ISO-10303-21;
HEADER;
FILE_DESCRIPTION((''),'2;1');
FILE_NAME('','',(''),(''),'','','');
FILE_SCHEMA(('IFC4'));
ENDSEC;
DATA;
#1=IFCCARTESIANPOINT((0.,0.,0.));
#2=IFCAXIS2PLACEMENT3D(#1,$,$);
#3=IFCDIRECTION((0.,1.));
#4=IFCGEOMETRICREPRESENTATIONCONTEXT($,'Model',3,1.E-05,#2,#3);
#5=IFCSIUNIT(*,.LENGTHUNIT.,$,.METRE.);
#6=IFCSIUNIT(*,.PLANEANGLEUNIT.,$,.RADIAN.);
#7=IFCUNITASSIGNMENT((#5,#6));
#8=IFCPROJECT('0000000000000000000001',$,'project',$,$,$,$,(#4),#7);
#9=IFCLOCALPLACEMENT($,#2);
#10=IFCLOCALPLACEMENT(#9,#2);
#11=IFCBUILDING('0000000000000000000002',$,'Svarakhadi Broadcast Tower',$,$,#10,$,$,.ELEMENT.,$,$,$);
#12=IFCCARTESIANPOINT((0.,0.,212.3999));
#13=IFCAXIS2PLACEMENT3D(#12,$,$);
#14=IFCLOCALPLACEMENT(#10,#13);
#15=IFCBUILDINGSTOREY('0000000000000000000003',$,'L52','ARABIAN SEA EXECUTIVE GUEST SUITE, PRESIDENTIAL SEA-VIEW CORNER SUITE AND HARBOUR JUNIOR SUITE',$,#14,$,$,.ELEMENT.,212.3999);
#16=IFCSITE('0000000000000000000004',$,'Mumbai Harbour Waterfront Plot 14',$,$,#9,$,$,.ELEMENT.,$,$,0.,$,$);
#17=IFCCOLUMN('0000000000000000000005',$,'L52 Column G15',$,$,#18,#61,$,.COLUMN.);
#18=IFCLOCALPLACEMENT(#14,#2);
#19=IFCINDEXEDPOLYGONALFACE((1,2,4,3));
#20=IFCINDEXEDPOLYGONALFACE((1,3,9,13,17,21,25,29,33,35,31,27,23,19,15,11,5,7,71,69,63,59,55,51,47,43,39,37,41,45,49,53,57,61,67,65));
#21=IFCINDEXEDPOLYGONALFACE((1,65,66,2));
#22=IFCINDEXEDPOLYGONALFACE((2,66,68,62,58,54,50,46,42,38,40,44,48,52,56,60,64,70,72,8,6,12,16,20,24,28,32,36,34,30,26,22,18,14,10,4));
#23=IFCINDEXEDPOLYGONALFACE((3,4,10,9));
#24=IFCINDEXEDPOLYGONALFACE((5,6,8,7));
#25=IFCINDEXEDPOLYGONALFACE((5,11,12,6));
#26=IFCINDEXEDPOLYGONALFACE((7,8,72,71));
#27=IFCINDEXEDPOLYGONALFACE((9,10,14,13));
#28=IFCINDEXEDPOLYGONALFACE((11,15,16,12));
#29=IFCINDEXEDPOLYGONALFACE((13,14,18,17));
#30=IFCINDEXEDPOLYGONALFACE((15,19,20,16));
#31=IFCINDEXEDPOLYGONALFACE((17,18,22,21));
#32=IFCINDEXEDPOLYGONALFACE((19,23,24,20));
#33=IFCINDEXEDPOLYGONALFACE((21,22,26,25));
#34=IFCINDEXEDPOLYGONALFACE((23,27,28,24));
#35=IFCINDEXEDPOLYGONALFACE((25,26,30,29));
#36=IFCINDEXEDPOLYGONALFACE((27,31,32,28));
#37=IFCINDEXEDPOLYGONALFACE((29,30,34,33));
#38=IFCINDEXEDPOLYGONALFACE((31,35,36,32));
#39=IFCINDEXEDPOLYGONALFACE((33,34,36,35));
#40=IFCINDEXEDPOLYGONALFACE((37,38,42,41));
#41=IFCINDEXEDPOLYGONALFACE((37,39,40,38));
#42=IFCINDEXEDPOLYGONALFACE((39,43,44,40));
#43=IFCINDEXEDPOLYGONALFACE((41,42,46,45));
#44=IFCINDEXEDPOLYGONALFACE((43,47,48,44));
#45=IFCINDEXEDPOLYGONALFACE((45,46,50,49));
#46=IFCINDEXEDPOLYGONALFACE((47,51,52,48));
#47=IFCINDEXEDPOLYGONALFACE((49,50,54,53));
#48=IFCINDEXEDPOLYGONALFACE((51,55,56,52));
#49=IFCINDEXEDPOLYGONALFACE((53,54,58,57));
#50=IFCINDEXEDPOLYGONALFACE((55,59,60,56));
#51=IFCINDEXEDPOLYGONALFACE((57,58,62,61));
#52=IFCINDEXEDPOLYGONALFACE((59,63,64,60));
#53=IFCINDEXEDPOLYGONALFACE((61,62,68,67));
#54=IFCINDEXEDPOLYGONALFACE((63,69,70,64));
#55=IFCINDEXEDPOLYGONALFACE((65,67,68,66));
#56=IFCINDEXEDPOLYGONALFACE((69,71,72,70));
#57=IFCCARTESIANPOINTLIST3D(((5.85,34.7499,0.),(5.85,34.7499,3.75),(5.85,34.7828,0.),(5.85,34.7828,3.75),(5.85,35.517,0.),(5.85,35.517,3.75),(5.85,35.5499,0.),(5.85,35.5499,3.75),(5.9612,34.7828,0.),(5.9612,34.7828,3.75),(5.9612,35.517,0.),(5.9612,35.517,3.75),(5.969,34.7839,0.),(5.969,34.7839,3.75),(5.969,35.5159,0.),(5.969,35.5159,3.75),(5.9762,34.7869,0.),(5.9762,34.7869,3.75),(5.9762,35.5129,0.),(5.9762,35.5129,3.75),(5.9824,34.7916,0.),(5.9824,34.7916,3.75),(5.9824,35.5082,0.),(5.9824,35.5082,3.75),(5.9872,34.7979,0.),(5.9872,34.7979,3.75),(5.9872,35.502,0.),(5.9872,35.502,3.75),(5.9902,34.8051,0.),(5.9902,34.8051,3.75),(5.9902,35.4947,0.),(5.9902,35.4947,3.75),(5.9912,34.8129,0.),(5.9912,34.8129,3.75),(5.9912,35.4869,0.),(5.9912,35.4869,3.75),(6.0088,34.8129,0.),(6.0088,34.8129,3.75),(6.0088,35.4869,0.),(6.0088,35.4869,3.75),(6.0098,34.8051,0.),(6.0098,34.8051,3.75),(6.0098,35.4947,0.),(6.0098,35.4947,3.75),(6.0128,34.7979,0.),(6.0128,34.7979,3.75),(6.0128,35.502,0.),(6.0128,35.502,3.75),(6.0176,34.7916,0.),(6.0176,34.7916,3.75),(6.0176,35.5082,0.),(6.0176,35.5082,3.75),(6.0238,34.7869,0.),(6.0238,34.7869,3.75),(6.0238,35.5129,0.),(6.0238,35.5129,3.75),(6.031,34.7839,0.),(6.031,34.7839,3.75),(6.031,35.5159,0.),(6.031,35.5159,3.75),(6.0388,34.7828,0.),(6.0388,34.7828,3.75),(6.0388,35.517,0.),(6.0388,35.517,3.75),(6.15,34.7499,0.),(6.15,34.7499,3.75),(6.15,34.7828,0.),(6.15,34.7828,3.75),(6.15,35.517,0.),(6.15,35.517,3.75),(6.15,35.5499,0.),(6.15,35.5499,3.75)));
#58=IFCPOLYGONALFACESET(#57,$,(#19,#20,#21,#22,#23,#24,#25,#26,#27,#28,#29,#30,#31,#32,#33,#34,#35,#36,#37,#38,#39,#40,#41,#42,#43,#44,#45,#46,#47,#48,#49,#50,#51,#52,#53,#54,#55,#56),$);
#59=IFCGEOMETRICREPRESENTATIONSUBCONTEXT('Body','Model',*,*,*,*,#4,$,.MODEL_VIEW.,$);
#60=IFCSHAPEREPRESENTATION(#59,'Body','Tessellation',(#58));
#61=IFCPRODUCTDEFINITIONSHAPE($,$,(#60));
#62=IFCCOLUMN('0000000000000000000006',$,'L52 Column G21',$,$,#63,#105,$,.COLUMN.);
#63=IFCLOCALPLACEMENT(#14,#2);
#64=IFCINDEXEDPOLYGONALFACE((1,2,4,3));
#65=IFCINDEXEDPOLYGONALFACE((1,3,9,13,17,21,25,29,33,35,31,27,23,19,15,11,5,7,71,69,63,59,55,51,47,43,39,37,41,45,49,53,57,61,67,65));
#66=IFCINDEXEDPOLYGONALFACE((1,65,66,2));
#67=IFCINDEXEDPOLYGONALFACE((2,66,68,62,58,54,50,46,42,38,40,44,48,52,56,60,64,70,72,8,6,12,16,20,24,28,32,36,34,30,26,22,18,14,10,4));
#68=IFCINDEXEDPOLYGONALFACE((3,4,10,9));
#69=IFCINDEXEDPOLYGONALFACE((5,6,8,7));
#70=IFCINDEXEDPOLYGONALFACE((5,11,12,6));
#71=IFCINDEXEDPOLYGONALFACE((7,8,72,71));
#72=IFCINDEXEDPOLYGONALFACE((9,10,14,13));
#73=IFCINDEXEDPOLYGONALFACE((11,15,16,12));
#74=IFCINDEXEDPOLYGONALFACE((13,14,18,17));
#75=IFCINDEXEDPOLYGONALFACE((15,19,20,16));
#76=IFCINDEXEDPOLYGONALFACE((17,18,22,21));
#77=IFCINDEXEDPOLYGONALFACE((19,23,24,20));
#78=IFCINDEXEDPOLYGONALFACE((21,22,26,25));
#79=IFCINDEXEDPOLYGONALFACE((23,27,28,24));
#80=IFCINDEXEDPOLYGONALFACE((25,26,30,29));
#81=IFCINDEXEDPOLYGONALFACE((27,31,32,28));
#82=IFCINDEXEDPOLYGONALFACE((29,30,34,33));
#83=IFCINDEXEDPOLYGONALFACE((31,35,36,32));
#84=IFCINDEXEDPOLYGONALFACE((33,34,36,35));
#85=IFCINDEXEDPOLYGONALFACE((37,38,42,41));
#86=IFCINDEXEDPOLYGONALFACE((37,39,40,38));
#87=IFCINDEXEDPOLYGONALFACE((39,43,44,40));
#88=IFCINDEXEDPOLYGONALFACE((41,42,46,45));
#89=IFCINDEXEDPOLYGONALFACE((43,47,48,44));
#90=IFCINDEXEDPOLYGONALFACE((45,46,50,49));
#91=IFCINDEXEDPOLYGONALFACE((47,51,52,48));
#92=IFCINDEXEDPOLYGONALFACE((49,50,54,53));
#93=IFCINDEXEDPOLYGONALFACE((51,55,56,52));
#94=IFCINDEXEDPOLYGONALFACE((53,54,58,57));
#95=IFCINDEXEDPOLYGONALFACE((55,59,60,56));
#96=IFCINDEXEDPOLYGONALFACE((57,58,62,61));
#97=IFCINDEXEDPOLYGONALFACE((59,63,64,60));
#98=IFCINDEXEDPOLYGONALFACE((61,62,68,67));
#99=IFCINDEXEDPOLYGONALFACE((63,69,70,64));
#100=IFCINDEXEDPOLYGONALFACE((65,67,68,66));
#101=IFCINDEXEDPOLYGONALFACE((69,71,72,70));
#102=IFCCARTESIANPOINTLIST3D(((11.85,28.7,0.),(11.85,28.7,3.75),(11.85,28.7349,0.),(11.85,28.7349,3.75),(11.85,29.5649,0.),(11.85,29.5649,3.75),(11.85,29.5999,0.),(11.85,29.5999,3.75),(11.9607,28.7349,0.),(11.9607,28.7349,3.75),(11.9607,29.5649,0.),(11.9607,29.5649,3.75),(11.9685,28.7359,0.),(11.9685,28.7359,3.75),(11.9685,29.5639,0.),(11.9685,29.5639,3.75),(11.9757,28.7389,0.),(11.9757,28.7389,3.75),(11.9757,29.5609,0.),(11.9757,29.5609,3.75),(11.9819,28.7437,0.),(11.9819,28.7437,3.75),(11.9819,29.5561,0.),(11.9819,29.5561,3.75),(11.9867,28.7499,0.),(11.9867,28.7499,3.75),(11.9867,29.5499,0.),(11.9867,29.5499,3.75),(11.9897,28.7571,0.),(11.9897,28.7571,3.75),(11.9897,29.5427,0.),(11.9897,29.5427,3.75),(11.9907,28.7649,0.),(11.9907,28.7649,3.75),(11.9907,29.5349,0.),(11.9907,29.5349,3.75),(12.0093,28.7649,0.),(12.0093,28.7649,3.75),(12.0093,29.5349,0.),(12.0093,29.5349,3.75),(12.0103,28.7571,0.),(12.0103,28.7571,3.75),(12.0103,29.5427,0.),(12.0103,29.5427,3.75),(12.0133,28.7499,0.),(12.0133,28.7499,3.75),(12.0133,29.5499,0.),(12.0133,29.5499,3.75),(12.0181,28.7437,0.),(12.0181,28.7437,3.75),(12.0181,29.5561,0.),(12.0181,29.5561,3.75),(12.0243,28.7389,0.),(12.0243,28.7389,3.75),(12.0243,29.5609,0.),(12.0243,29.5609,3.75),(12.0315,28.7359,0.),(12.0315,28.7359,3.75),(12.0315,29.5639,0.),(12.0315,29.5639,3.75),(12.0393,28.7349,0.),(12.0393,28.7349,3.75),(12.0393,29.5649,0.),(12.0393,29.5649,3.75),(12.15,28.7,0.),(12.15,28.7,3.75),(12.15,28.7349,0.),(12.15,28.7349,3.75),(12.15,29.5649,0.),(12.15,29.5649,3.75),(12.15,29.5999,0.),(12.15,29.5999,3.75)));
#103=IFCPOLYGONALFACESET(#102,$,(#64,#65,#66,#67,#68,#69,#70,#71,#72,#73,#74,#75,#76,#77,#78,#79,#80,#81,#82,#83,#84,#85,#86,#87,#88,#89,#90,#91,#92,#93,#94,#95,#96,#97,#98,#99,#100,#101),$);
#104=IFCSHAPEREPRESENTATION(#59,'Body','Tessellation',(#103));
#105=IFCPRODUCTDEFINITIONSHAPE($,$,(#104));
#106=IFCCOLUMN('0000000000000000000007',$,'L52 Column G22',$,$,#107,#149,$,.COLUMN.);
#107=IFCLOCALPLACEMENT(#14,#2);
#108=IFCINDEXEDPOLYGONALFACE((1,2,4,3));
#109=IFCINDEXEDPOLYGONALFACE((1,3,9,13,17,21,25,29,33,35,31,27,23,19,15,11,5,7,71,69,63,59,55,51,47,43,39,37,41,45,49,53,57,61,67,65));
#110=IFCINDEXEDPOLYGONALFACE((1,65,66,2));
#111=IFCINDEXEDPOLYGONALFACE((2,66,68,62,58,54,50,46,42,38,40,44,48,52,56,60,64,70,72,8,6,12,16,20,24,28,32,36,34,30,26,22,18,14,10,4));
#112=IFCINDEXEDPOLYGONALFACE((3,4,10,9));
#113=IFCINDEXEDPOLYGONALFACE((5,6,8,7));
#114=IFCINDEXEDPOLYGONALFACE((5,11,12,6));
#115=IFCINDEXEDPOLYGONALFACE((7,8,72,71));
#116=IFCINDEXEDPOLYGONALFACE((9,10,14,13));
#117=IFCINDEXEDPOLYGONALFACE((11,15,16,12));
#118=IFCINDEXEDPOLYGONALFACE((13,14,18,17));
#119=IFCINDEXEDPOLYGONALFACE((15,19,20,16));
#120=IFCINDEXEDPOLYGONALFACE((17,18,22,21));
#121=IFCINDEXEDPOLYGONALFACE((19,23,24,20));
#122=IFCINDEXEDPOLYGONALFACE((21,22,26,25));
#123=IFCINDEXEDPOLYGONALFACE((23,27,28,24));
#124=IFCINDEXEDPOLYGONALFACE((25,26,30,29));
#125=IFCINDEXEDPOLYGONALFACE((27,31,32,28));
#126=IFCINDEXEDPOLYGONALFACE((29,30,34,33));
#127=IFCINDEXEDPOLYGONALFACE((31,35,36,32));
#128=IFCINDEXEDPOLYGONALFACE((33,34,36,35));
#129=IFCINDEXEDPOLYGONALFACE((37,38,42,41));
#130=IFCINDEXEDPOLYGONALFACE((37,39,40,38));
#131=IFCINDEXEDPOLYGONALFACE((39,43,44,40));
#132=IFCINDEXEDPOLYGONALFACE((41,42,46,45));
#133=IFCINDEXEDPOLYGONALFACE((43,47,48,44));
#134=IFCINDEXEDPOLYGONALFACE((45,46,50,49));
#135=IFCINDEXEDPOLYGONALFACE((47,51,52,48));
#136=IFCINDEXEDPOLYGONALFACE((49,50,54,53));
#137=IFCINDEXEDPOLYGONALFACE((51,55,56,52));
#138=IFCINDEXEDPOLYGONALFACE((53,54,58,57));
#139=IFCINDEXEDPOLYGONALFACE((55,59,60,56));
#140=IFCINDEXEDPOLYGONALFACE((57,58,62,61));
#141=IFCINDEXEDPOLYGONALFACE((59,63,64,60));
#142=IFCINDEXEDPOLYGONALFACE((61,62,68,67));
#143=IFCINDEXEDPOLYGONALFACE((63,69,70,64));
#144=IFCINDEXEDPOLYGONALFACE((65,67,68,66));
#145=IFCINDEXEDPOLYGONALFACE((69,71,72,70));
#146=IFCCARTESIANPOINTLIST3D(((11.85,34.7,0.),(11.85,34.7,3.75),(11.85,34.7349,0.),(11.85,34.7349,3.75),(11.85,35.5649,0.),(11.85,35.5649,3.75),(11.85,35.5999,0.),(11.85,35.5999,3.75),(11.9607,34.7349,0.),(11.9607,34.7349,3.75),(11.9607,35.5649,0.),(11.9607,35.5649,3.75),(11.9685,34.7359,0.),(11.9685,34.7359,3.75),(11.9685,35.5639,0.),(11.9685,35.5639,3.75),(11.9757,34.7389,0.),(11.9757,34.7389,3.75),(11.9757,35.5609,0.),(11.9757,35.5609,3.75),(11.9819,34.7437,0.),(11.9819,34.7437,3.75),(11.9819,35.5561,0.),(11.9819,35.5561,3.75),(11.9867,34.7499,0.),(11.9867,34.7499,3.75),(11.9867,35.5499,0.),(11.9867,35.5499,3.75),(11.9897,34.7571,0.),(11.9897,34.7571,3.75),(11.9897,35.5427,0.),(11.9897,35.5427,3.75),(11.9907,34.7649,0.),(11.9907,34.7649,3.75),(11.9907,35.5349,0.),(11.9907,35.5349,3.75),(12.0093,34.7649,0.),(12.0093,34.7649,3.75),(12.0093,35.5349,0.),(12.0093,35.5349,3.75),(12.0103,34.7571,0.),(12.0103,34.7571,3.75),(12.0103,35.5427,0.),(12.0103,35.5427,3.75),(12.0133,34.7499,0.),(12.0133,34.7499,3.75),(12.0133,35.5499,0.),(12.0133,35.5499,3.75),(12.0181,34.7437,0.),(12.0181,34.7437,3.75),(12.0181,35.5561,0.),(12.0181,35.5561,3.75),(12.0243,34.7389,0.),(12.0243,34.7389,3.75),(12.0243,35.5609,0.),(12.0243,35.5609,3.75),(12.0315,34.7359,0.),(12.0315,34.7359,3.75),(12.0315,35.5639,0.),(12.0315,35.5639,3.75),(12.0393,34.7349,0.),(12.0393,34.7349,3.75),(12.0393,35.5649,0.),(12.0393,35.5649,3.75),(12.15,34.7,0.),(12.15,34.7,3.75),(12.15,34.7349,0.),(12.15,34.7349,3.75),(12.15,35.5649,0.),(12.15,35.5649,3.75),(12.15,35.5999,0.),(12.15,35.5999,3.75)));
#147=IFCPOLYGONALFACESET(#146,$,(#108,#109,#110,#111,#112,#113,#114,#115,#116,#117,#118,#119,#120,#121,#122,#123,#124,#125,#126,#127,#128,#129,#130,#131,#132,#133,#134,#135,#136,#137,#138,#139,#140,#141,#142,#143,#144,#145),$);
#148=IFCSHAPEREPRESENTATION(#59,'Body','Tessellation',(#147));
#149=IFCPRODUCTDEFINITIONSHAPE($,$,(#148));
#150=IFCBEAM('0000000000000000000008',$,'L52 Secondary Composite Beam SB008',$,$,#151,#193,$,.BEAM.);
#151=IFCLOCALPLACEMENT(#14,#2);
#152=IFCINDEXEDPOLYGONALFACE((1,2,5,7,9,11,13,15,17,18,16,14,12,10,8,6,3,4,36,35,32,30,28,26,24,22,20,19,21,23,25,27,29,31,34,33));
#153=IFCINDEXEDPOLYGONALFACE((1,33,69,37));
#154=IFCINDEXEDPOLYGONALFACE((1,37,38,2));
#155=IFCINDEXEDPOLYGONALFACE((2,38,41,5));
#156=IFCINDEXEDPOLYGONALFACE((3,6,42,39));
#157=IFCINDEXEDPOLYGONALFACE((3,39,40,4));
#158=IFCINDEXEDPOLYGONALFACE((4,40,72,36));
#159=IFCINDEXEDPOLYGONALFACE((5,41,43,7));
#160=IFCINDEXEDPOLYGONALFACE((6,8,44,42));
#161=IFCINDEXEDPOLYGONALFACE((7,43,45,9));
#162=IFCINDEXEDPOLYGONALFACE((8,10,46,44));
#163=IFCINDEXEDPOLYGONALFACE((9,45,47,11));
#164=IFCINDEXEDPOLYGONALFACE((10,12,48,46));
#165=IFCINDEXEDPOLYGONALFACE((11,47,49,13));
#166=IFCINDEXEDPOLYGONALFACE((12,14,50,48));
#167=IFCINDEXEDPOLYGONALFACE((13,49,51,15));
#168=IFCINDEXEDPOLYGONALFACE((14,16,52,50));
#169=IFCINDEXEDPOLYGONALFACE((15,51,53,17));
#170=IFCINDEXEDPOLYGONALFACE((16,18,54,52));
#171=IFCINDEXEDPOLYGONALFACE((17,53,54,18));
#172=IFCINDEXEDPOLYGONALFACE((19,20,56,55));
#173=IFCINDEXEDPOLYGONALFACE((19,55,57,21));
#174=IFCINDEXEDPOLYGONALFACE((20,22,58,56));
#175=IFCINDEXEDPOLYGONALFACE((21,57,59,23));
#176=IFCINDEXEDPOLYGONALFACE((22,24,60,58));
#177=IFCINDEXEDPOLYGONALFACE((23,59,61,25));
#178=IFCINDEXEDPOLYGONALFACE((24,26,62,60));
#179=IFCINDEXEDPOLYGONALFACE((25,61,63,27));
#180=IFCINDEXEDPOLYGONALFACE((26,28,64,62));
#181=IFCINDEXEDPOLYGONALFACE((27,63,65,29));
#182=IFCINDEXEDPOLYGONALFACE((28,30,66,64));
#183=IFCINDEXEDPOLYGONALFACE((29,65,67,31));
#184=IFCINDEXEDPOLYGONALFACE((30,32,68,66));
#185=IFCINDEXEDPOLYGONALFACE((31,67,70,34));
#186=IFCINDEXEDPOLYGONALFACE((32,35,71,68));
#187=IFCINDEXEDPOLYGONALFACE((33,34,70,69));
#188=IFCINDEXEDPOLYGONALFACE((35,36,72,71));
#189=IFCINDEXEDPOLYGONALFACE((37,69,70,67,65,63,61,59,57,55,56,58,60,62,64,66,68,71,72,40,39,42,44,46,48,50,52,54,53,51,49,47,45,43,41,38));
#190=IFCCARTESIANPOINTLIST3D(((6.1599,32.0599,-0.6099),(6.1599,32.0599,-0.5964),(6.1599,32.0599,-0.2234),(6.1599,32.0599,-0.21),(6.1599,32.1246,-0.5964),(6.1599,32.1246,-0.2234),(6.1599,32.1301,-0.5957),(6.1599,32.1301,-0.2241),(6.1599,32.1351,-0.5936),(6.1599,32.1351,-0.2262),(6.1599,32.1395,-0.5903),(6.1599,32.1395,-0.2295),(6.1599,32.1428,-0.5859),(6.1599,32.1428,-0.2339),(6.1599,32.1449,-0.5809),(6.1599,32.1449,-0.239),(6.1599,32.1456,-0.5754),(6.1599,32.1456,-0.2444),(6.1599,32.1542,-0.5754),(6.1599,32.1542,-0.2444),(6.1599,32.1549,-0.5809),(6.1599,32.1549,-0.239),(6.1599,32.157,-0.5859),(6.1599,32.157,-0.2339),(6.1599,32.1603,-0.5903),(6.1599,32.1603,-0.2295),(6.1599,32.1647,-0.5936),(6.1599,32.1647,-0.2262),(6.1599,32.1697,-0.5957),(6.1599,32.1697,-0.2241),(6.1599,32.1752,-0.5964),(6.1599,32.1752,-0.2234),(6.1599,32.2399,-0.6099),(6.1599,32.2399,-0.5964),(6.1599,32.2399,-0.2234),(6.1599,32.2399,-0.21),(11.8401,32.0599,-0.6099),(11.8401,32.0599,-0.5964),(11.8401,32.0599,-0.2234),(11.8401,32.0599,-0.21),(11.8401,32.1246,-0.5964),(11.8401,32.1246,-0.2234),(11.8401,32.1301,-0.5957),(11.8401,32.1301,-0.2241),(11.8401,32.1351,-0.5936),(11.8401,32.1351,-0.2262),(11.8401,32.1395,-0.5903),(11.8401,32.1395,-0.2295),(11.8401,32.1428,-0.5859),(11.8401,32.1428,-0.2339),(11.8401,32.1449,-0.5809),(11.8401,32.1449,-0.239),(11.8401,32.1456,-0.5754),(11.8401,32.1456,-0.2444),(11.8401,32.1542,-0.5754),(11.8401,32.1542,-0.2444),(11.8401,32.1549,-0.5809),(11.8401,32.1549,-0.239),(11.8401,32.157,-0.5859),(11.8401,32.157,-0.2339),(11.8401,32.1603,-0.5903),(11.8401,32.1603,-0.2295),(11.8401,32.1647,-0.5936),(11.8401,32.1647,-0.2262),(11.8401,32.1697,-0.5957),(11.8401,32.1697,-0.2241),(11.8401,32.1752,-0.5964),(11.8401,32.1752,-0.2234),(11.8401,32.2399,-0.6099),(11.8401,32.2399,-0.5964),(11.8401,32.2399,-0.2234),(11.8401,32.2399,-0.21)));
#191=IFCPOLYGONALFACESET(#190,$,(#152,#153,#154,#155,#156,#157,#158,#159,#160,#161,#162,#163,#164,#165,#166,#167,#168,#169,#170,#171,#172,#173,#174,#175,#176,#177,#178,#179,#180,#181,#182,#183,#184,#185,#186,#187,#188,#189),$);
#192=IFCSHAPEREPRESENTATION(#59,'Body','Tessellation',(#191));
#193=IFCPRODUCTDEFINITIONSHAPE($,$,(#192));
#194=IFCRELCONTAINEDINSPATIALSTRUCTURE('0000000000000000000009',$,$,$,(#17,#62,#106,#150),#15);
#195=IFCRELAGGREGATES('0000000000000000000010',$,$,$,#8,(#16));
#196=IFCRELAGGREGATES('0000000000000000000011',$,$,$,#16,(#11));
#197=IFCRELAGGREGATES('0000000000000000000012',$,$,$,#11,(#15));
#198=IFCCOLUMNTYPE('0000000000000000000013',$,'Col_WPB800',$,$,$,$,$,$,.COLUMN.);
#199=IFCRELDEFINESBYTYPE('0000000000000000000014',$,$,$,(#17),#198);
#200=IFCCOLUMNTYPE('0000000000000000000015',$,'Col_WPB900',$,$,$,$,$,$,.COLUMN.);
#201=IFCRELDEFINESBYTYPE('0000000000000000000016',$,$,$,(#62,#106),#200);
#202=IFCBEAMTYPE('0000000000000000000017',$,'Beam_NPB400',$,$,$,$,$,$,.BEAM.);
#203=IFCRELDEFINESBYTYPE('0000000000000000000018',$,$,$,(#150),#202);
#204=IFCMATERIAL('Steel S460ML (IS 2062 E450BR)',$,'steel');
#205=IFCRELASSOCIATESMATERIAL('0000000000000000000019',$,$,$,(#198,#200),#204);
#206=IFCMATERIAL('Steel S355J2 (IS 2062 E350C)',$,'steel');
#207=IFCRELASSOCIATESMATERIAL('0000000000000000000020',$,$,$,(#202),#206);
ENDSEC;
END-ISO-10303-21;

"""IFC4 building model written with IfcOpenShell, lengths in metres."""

from ifc_helpers import new_model, si_unit, direction, frame, origin, origin_2d, place, context, subcontext, project, spatial, i_section, extrude, material, material_profile, profile_set, type_object, element, save


model = new_model("IFC4")

# Units and contexts
model_context = context("Model", 3, precision=1e-05, world=origin(), true_north=direction((0.0, 1.0)))
body_context = subcontext(model_context, "Body", "Model", "MODEL_VIEW")
ifc_project = project(units=[si_unit("LENGTHUNIT", "METRE"), si_unit("PLANEANGLEUNIT", "RADIAN")], contexts=[model_context])

# Site, building, storey
site_placement = place(None, origin())
site = spatial("IfcSite", under=ifc_project, at=site_placement, Name="Mumbai Harbour Waterfront Plot 14", CompositionType="ELEMENT", RefElevation=0.0)
building_placement = place(site_placement, origin())
building = spatial("IfcBuilding", under=site, at=building_placement, Name="Svarakhadi Broadcast Tower", CompositionType="ELEMENT")
storey_placement = place(building_placement, frame((0.0, 0.0, 212.3999)))
storey = spatial("IfcBuildingStorey", under=building, at=storey_placement, Name="L52", Description="ARABIAN SEA EXECUTIVE GUEST SUITE, PRESIDENTIAL SEA-VIEW CORNER SUITE AND HARBOUR JUNIOR SUITE", CompositionType="ELEMENT", Elevation=212.3999)

# Columns
ifc_material_1 = material(Name="Steel S460ML (IS 2062 E450BR)", Category="steel")
ifc_material_profile_1 = material_profile(ifc_material_1, i_section(OverallWidth=0.3, OverallDepth=0.8, WebThickness=0.0176, FlangeThickness=0.033, FilletRadius=0.03, at=origin_2d()), Name="WPB 800x300x262")
ifc_profile_set_1 = profile_set([ifc_material_profile_1], Name="Steel S460ML (IS 2062 E450BR)")
column_type_1 = type_object("IfcColumnType", Name="Col_WPB800", PredefinedType="COLUMN", material=ifc_profile_set_1)
column_placement = place(storey_placement, frame((6.0, 35.1499, 0.0), z_axis=(0.0, 0.0, 1.0), x_axis=(1.0, 0.0, 0.0)))
element("IfcColumn", 1, at=column_placement, inside=storey, type_object=column_type_1, Name="L52 Column G15", PredefinedType="COLUMN", context=body_context, shape_type="SweptSolid", body=[
    extrude(i_section(OverallWidth=0.3, OverallDepth=0.8, WebThickness=0.0176, FlangeThickness=0.033, FilletRadius=0.03, at=origin_2d()), origin(), (0.0, 0.0, 1.0), 3.75),
])
ifc_material_profile_2 = material_profile(ifc_material_1, i_section(OverallWidth=0.3, OverallDepth=0.8999, WebThickness=0.0186, FlangeThickness=0.0349, FilletRadius=0.03, at=origin_2d()), Name="WPB 900x300x291")
ifc_profile_set_2 = profile_set([ifc_material_profile_2], Name="Steel S460ML (IS 2062 E450BR)")
column_type_2 = type_object("IfcColumnType", Name="Col_WPB900", PredefinedType="COLUMN", material=ifc_profile_set_2)
for number, where, z_axis, x_axis, name in (
    (2, (12.0, 29.1499, 0.0), (0.0, 0.0, 1.0), (1.0, 0.0, 0.0), "L52 Column G21"),
    (3, (12.0, 35.1499, 0.0), (0.0, 0.0, 1.0), (1.0, 0.0, 0.0), "L52 Column G22"),
):
    element("IfcColumn", number, at=place(storey_placement, frame(where, z_axis=z_axis, x_axis=x_axis)), inside=storey, type_object=column_type_2, Name=name, PredefinedType="COLUMN", context=body_context, shape_type="SweptSolid", body=[
        extrude(i_section(OverallWidth=0.3, OverallDepth=0.8999, WebThickness=0.0186, FlangeThickness=0.0349, FilletRadius=0.03, at=origin_2d()), origin(), (0.0, 0.0, 1.0), 3.75),
    ])

# Beam
ifc_material_2 = material(Name="Steel S355J2 (IS 2062 E350C)", Category="steel")
ifc_material_profile_3 = material_profile(ifc_material_2, i_section(OverallWidth=0.1799, OverallDepth=0.3999, WebThickness=0.0085, FlangeThickness=0.0134, FilletRadius=0.021, at=origin_2d()), Name="NPB 400x180x66")
ifc_profile_set_3 = profile_set([ifc_material_profile_3], Name="Steel S355J2 (IS 2062 E350C)")
beam_type_1 = type_object("IfcBeamType", Name="Beam_NPB400", PredefinedType="BEAM", material=ifc_profile_set_3)
for number, where, z_axis, x_axis, name in (
    (4, (6.1599, 32.1499, -0.4099), (1.0, 0.0, 0.0), (0.0, 1.0, 0.0), "L52 Secondary Composite Beam SB008"),
):
    element("IfcBeam", number, at=place(storey_placement, frame(where, z_axis=z_axis, x_axis=x_axis)), inside=storey, type_object=beam_type_1, Name=name, PredefinedType="BEAM", context=body_context, shape_type="SweptSolid", body=[
        extrude(i_section(OverallWidth=0.1799, OverallDepth=0.3999, WebThickness=0.0085, FlangeThickness=0.0134, FilletRadius=0.021, at=origin_2d()), origin(), (0.0, 0.0, 1.0), 5.6802),
    ])

save(model, "model.ifc")
